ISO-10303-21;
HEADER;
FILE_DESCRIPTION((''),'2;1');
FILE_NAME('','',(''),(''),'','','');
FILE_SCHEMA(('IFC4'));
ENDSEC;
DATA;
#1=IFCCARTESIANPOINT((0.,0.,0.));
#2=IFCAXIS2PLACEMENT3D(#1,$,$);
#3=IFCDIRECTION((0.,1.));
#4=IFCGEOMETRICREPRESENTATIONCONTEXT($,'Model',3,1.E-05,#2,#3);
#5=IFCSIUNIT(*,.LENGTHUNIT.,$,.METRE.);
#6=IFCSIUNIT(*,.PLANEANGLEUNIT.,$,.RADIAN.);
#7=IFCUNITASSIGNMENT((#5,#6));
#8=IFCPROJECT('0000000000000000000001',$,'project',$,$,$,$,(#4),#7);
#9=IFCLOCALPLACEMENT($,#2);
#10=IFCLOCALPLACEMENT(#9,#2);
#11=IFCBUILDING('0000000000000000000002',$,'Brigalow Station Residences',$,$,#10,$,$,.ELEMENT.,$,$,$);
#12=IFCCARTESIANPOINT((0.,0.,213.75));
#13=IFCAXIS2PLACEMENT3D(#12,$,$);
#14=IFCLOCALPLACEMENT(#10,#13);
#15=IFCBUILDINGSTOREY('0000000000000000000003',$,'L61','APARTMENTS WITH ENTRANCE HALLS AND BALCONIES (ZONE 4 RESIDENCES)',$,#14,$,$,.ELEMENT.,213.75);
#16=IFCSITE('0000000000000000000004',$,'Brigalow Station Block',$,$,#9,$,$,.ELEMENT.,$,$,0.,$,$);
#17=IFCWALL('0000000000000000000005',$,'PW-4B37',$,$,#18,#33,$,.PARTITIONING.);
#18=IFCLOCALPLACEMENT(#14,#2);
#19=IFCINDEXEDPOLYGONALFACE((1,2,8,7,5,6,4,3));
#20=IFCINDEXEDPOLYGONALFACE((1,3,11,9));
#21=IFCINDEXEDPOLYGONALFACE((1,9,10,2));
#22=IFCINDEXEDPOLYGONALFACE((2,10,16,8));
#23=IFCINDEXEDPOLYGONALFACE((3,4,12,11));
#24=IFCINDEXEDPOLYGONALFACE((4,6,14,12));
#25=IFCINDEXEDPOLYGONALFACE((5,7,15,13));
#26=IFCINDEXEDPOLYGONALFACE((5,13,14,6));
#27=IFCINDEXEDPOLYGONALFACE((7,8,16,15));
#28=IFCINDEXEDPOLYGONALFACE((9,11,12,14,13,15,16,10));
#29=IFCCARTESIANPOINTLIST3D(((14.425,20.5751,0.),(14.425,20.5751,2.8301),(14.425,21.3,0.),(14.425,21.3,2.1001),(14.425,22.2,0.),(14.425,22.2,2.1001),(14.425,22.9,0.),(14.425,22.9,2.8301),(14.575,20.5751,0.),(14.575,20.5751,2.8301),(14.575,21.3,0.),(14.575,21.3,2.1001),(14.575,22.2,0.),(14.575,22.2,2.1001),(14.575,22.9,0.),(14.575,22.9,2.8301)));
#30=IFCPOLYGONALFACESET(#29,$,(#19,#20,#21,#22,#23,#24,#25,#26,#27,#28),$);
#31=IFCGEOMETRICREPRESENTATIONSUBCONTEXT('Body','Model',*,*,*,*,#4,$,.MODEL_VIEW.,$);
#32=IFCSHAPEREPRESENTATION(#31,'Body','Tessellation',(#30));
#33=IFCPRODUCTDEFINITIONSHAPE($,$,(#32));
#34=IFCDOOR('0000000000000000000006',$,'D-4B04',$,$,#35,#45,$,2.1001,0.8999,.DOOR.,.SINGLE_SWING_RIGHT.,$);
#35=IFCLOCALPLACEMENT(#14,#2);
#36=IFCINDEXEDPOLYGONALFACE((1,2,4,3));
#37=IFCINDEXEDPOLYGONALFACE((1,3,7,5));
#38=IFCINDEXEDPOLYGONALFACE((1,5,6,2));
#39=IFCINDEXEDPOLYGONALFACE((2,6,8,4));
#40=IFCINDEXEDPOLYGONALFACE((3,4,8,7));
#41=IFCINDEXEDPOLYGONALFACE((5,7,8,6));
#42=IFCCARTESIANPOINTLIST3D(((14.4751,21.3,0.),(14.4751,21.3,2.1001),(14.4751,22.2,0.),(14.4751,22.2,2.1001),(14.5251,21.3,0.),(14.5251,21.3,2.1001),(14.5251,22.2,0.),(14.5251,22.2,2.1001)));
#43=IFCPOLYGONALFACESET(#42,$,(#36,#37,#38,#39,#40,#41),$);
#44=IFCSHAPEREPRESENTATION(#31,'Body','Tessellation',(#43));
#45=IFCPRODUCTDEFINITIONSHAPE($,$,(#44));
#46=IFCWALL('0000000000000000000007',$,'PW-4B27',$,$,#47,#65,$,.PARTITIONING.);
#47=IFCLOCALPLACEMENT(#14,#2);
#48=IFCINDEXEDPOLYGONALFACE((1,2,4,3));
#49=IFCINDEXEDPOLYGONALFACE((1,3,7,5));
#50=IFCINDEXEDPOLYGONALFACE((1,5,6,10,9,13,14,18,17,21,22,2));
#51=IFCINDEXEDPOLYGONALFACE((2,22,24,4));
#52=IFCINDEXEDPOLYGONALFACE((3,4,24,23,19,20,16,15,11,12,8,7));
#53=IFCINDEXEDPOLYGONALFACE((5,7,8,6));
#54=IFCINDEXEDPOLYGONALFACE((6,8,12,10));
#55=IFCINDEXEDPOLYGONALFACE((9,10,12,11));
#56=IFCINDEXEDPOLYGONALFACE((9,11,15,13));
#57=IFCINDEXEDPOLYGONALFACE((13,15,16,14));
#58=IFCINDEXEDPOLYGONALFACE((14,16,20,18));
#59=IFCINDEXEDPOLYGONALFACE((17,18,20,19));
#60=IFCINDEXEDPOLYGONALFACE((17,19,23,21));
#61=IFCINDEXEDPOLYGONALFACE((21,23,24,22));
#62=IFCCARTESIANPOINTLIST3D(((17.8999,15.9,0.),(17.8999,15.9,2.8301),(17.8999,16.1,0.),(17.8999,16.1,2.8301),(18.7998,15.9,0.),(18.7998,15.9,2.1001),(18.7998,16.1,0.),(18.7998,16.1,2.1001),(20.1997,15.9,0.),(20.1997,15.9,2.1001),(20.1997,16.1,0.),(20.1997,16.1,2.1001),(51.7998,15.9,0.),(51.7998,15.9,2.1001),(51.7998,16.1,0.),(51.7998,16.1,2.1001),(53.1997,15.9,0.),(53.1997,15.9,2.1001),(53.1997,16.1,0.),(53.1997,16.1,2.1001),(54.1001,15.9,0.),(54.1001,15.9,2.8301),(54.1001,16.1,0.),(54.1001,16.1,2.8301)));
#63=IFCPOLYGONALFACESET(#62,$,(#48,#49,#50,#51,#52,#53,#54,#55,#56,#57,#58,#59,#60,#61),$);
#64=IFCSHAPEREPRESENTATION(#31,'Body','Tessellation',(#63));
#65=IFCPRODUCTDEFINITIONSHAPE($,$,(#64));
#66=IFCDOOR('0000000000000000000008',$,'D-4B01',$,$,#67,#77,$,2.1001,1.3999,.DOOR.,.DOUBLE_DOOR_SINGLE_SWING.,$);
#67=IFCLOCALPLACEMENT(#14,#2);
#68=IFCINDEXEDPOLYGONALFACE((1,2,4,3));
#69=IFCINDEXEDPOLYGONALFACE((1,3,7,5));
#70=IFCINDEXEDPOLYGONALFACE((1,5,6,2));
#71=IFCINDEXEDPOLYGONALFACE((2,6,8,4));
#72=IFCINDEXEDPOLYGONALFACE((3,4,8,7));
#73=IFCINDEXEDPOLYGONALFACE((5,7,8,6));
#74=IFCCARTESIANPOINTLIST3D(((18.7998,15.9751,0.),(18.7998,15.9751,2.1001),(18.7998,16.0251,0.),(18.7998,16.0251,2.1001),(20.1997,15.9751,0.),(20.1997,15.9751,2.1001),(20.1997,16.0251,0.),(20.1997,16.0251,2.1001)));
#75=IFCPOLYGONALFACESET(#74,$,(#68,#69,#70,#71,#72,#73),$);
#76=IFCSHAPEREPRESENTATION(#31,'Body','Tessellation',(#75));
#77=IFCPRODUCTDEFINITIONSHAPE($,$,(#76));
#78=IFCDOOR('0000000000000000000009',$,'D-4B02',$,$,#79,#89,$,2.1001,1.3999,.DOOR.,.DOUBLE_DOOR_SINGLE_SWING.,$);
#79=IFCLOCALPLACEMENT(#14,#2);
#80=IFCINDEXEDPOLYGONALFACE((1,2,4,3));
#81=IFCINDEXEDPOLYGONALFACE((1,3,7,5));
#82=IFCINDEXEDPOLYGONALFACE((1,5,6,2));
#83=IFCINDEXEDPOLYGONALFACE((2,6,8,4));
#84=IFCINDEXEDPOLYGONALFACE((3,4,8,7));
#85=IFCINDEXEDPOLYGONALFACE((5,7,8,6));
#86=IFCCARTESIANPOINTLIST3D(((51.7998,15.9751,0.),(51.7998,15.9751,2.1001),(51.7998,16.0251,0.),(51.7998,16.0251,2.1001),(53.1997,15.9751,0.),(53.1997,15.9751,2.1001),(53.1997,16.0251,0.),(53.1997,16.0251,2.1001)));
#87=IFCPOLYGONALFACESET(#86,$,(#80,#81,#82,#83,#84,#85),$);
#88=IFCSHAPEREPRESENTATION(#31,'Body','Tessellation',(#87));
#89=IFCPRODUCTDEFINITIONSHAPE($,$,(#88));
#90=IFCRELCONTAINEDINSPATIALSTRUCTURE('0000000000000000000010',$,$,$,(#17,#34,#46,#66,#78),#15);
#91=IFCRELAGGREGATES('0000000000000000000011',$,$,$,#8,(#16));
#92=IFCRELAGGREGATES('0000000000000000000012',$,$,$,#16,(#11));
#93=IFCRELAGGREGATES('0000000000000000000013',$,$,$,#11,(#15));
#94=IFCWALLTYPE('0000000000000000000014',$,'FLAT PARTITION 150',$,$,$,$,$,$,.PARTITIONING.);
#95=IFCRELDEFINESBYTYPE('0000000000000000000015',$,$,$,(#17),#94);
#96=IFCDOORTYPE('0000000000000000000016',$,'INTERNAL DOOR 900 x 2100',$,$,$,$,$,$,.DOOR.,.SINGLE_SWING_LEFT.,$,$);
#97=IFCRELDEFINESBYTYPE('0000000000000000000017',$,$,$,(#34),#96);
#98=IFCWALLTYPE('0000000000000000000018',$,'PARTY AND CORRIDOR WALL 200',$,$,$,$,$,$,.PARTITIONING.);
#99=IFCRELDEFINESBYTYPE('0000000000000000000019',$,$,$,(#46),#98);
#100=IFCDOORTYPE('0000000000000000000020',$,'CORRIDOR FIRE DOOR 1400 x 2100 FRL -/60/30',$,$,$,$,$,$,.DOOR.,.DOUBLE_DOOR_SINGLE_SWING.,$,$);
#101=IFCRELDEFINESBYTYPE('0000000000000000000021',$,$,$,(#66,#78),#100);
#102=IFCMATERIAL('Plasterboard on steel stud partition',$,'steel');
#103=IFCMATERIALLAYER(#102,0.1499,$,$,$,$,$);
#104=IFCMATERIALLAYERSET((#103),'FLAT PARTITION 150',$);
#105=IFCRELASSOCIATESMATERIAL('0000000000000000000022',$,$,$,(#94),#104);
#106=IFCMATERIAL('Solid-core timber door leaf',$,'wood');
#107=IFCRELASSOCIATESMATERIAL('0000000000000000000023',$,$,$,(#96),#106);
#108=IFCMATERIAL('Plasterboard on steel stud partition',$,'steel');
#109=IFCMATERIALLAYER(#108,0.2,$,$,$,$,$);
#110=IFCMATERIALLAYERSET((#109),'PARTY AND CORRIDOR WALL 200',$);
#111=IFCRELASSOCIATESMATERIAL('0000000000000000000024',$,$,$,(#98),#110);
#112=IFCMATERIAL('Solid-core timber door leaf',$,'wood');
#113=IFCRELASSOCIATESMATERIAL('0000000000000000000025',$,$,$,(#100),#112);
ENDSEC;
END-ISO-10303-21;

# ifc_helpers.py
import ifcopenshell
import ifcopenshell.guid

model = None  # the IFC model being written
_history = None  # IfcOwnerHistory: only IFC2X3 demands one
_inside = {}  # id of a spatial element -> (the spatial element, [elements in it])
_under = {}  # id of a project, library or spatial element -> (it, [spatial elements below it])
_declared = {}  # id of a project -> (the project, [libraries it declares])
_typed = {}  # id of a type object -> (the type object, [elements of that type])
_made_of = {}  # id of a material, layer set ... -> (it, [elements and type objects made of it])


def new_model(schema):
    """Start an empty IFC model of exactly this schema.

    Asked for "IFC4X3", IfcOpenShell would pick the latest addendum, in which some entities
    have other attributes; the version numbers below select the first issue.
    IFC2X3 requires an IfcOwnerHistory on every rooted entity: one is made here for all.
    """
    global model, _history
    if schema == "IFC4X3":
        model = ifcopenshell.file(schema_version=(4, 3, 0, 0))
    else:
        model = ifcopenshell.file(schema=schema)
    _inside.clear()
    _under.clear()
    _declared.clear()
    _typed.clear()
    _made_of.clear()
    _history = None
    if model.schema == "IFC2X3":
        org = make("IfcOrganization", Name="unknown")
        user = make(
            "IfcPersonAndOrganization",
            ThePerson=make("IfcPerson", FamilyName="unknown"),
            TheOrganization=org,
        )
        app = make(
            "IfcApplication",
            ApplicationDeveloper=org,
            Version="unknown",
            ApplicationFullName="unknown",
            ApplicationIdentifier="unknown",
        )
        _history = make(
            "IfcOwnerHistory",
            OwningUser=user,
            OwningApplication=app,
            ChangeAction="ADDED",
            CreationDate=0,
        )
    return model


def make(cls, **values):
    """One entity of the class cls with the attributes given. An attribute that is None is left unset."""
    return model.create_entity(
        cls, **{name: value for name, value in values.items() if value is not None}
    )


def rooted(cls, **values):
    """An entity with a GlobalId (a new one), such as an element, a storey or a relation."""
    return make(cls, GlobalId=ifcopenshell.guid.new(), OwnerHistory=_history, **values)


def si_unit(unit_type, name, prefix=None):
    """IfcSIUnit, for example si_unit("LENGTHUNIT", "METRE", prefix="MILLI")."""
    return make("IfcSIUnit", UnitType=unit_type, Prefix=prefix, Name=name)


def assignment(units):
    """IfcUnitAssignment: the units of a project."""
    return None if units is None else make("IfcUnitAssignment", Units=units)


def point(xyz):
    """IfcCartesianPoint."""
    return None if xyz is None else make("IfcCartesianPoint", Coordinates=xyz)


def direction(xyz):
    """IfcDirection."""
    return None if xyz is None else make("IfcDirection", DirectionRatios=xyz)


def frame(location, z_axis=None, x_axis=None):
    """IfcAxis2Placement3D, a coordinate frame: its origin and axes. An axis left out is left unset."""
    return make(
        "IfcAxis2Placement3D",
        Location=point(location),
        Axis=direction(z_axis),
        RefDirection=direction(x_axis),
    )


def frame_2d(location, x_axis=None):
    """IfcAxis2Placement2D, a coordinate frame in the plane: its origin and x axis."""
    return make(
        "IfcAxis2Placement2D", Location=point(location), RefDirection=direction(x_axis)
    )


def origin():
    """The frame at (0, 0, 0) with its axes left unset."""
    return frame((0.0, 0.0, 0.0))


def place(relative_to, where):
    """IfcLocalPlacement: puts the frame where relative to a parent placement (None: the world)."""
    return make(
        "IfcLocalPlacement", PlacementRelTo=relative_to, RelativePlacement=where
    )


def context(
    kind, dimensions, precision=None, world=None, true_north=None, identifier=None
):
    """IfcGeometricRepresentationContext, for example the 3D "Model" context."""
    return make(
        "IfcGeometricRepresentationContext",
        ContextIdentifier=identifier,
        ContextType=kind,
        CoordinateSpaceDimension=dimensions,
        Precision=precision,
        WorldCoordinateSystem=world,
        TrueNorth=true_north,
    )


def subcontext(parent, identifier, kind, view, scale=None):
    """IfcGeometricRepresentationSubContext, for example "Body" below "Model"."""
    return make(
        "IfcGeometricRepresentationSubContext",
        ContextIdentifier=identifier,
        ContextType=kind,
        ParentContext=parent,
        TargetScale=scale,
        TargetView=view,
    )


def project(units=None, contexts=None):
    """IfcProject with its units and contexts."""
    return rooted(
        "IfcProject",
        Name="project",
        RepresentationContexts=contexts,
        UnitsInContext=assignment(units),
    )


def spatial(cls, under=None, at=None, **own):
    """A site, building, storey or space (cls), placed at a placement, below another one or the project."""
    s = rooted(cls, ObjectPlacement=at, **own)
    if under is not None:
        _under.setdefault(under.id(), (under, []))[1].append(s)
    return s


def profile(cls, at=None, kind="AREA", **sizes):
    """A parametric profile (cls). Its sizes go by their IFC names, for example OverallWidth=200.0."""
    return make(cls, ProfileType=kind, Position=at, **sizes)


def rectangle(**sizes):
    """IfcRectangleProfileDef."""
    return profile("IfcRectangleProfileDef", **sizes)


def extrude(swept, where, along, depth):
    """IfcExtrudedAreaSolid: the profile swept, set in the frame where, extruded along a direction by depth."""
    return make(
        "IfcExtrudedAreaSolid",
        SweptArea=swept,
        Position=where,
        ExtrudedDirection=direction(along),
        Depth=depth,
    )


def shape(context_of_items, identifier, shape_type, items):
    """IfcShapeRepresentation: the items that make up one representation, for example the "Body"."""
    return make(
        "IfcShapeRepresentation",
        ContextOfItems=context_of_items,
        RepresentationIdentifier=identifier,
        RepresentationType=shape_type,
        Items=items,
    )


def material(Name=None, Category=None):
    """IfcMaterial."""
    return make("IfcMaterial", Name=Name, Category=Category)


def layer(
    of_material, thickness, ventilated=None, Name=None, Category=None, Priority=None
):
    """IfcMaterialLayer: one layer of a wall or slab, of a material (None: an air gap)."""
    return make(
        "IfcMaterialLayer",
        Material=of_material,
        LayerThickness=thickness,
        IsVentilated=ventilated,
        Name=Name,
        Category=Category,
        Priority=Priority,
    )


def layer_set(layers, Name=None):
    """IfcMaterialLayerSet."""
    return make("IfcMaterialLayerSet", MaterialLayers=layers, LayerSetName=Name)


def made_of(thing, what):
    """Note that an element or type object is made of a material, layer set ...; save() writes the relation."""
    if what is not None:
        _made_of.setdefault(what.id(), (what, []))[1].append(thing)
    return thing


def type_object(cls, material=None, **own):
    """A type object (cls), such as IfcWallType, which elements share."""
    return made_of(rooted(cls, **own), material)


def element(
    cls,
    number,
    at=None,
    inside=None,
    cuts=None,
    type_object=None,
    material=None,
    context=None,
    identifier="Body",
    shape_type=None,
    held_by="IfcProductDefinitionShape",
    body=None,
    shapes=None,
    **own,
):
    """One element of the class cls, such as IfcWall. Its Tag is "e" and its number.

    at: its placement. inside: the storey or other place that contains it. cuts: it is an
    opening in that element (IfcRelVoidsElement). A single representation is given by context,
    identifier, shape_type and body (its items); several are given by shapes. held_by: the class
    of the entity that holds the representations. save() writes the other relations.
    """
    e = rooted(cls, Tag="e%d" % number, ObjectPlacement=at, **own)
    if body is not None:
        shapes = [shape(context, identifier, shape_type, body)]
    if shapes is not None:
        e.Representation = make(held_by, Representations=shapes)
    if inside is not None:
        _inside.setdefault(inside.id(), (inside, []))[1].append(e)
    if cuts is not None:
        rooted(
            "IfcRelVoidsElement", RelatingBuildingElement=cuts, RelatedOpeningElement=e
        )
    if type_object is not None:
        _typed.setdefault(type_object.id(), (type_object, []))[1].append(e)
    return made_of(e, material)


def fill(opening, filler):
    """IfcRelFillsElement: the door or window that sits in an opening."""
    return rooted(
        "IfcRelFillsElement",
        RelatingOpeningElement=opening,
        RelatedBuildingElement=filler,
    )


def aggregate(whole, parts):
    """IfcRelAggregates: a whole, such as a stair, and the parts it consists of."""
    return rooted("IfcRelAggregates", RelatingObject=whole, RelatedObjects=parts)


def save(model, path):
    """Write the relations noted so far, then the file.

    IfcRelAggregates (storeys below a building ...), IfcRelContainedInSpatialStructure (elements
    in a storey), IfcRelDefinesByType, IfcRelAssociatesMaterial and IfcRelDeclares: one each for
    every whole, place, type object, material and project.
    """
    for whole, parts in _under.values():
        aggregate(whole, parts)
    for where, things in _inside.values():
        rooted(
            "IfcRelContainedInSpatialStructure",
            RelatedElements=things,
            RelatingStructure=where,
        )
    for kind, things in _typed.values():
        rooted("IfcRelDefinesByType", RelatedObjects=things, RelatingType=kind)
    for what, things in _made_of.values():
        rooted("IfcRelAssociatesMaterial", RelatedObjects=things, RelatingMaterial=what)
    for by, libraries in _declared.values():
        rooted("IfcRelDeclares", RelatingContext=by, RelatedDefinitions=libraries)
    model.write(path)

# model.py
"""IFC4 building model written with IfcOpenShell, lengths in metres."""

from ifc_helpers import new_model, si_unit, direction, frame, frame_2d, origin, place, context, subcontext, project, spatial, rectangle, extrude, material, layer, layer_set, type_object, element, fill, save


model = new_model("IFC4")

# Units and contexts
model_context = context("Model", 3, precision=1e-05, world=origin(), true_north=direction((0.0, 1.0)))
body_context = subcontext(model_context, "Body", "Model", "MODEL_VIEW")
ifc_project = project(units=[si_unit("LENGTHUNIT", "METRE"), si_unit("PLANEANGLEUNIT", "RADIAN")], contexts=[model_context])

# Site, building, storey
site_placement = place(None, origin())
site = spatial("IfcSite", under=ifc_project, at=site_placement, Name="Brigalow Station Block", CompositionType="ELEMENT", RefElevation=0.0)
building_placement = place(site_placement, origin())
building = spatial("IfcBuilding", under=site, at=building_placement, Name="Brigalow Station Residences", CompositionType="ELEMENT")
storey_placement = place(building_placement, frame((0.0, 0.0, 213.75)))
storey = spatial("IfcBuildingStorey", under=building, at=storey_placement, Name="L61", Description="APARTMENTS WITH ENTRANCE HALLS AND BALCONIES (ZONE 4 RESIDENCES)", CompositionType="ELEMENT", Elevation=213.75)

# Wall, opening, door
ifc_material_1 = material(Name="Plasterboard on steel stud partition", Category="steel")
ifc_layer_1 = layer(ifc_material_1, 0.1499)
ifc_layer_set_1 = layer_set([ifc_layer_1], Name="FLAT PARTITION 150")
wall_type_1 = type_object("IfcWallType", Name="FLAT PARTITION 150", PredefinedType="PARTITIONING", material=ifc_layer_set_1)
wall_1_placement = place(storey_placement, frame((14.5, 20.575, 0.0), z_axis=(0.0, 0.0, 1.0), x_axis=(0.0, 1.0, 0.0)))
wall_1 = element("IfcWall", 1, at=wall_1_placement, inside=storey, type_object=wall_type_1, Name="PW-4B37", PredefinedType="PARTITIONING", context=body_context, shape_type="SweptSolid", body=[
    extrude(rectangle(XDim=2.325, YDim=0.1499, at=frame_2d((1.1626, 0.0))), origin(), (0.0, 0.0, 1.0), 2.8301),
])
opening_1_placement = place(wall_1_placement, frame((0.7251, 0.0, 0.0)))
opening_1 = element("IfcOpeningElement", 2, at=opening_1_placement, cuts=wall_1, PredefinedType="OPENING", context=body_context, shape_type="SweptSolid", body=[
    extrude(rectangle(XDim=0.8999, YDim=2.1001, at=frame_2d((0.45, 1.05))), frame((0.0, 0.085, 0.0), z_axis=(0.0, -1.0, 0.0), x_axis=(1.0, 0.0, 0.0)), (0.0, 0.0, 1.0), 0.1699),
])
ifc_material_2 = material(Name="Solid-core timber door leaf", Category="wood")
door_type_1 = type_object("IfcDoorType", Name="INTERNAL DOOR 900 x 2100", OperationType="SINGLE_SWING_LEFT", PredefinedType="DOOR", material=ifc_material_2)
door_1_placement = place(opening_1_placement, origin())
door_1 = element("IfcDoor", 3, at=door_1_placement, inside=storey, type_object=door_type_1, Name="D-4B04", OperationType="SINGLE_SWING_RIGHT", OverallHeight=2.1001, OverallWidth=0.8999, PredefinedType="DOOR", context=body_context, shape_type="SweptSolid", body=[
    extrude(rectangle(XDim=0.8999, YDim=2.1001, at=frame_2d((0.45, 1.05))), frame((0.0, 0.0249, 0.0), z_axis=(0.0, -1.0, 0.0), x_axis=(1.0, 0.0, 0.0)), (0.0, 0.0, 1.0), 0.05),
])
fill(opening_1, door_1)

# Wall, openings, doors
ifc_material_3 = material(Name="Plasterboard on steel stud partition", Category="steel")
ifc_layer_2 = layer(ifc_material_3, 0.2)
ifc_layer_set_2 = layer_set([ifc_layer_2], Name="PARTY AND CORRIDOR WALL 200")
wall_type_2 = type_object("IfcWallType", Name="PARTY AND CORRIDOR WALL 200", PredefinedType="PARTITIONING", material=ifc_layer_set_2)
wall_2_placement = place(storey_placement, frame((17.8999, 16.0, 0.0), z_axis=(0.0, 0.0, 1.0), x_axis=(1.0, 0.0, 0.0)))
wall_2 = element("IfcWall", 4, at=wall_2_placement, inside=storey, type_object=wall_type_2, Name="PW-4B27", PredefinedType="PARTITIONING", context=body_context, shape_type="SweptSolid", body=[
    extrude(rectangle(XDim=36.2002, YDim=0.2, at=frame_2d((18.1001, 0.0))), origin(), (0.0, 0.0, 1.0), 2.8301),
])
opening_2_placement = place(wall_2_placement, frame((0.8999, 0.0, 0.0)))
opening_2 = element("IfcOpeningElement", 5, at=opening_2_placement, cuts=wall_2, PredefinedType="OPENING", context=body_context, shape_type="SweptSolid", body=[
    extrude(rectangle(XDim=1.3999, YDim=2.1001, at=frame_2d((0.7, 1.05))), frame((0.0, 0.1099, 0.0), z_axis=(0.0, -1.0, 0.0), x_axis=(1.0, 0.0, 0.0)), (0.0, 0.0, 1.0), 0.22),
])
opening_3_placement = place(wall_2_placement, frame((33.8999, 0.0, 0.0)))
opening_3 = element("IfcOpeningElement", 6, at=opening_3_placement, cuts=wall_2, PredefinedType="OPENING", context=body_context, shape_type="SweptSolid", body=[
    extrude(rectangle(XDim=1.3999, YDim=2.1001, at=frame_2d((0.7, 1.05))), frame((0.0, 0.1099, 0.0), z_axis=(0.0, -1.0, 0.0), x_axis=(1.0, 0.0, 0.0)), (0.0, 0.0, 1.0), 0.22),
])
ifc_material_4 = material(Name="Solid-core timber door leaf", Category="wood")
door_type_2 = type_object("IfcDoorType", Name="CORRIDOR FIRE DOOR 1400 x 2100 FRL -/60/30", OperationType="DOUBLE_DOOR_SINGLE_SWING", PredefinedType="DOOR", material=ifc_material_4)
door_2_placement = place(opening_2_placement, frame((1.3999, 0.0, 0.0), z_axis=(0.0, 0.0, 1.0), x_axis=(-1.0, 0.0, 0.0)))
door_2 = element("IfcDoor", 7, at=door_2_placement, inside=storey, type_object=door_type_2, Name="D-4B01", OperationType="DOUBLE_DOOR_SINGLE_SWING", OverallHeight=2.1001, OverallWidth=1.3999, PredefinedType="DOOR", context=body_context, shape_type="SweptSolid", body=[
    extrude(rectangle(XDim=1.3999, YDim=2.1001, at=frame_2d((0.7, 1.05))), frame((0.0, 0.0249, 0.0), z_axis=(0.0, -1.0, 0.0), x_axis=(1.0, 0.0, 0.0)), (0.0, 0.0, 1.0), 0.05),
])
fill(opening_2, door_2)
door_3_placement = place(opening_3_placement, frame((1.3999, 0.0, 0.0), z_axis=(0.0, 0.0, 1.0), x_axis=(-1.0, 0.0, 0.0)))
door_3 = element("IfcDoor", 8, at=door_3_placement, inside=storey, type_object=door_type_2, Name="D-4B02", OperationType="DOUBLE_DOOR_SINGLE_SWING", OverallHeight=2.1001, OverallWidth=1.3999, PredefinedType="DOOR", context=body_context, shape_type="SweptSolid", body=[
    extrude(rectangle(XDim=1.3999, YDim=2.1001, at=frame_2d((0.7, 1.05))), frame((0.0, 0.0249, 0.0), z_axis=(0.0, -1.0, 0.0), x_axis=(1.0, 0.0, 0.0)), (0.0, 0.0, 1.0), 0.05),
])
fill(opening_3, door_3)

save(model, "model.ifc")
